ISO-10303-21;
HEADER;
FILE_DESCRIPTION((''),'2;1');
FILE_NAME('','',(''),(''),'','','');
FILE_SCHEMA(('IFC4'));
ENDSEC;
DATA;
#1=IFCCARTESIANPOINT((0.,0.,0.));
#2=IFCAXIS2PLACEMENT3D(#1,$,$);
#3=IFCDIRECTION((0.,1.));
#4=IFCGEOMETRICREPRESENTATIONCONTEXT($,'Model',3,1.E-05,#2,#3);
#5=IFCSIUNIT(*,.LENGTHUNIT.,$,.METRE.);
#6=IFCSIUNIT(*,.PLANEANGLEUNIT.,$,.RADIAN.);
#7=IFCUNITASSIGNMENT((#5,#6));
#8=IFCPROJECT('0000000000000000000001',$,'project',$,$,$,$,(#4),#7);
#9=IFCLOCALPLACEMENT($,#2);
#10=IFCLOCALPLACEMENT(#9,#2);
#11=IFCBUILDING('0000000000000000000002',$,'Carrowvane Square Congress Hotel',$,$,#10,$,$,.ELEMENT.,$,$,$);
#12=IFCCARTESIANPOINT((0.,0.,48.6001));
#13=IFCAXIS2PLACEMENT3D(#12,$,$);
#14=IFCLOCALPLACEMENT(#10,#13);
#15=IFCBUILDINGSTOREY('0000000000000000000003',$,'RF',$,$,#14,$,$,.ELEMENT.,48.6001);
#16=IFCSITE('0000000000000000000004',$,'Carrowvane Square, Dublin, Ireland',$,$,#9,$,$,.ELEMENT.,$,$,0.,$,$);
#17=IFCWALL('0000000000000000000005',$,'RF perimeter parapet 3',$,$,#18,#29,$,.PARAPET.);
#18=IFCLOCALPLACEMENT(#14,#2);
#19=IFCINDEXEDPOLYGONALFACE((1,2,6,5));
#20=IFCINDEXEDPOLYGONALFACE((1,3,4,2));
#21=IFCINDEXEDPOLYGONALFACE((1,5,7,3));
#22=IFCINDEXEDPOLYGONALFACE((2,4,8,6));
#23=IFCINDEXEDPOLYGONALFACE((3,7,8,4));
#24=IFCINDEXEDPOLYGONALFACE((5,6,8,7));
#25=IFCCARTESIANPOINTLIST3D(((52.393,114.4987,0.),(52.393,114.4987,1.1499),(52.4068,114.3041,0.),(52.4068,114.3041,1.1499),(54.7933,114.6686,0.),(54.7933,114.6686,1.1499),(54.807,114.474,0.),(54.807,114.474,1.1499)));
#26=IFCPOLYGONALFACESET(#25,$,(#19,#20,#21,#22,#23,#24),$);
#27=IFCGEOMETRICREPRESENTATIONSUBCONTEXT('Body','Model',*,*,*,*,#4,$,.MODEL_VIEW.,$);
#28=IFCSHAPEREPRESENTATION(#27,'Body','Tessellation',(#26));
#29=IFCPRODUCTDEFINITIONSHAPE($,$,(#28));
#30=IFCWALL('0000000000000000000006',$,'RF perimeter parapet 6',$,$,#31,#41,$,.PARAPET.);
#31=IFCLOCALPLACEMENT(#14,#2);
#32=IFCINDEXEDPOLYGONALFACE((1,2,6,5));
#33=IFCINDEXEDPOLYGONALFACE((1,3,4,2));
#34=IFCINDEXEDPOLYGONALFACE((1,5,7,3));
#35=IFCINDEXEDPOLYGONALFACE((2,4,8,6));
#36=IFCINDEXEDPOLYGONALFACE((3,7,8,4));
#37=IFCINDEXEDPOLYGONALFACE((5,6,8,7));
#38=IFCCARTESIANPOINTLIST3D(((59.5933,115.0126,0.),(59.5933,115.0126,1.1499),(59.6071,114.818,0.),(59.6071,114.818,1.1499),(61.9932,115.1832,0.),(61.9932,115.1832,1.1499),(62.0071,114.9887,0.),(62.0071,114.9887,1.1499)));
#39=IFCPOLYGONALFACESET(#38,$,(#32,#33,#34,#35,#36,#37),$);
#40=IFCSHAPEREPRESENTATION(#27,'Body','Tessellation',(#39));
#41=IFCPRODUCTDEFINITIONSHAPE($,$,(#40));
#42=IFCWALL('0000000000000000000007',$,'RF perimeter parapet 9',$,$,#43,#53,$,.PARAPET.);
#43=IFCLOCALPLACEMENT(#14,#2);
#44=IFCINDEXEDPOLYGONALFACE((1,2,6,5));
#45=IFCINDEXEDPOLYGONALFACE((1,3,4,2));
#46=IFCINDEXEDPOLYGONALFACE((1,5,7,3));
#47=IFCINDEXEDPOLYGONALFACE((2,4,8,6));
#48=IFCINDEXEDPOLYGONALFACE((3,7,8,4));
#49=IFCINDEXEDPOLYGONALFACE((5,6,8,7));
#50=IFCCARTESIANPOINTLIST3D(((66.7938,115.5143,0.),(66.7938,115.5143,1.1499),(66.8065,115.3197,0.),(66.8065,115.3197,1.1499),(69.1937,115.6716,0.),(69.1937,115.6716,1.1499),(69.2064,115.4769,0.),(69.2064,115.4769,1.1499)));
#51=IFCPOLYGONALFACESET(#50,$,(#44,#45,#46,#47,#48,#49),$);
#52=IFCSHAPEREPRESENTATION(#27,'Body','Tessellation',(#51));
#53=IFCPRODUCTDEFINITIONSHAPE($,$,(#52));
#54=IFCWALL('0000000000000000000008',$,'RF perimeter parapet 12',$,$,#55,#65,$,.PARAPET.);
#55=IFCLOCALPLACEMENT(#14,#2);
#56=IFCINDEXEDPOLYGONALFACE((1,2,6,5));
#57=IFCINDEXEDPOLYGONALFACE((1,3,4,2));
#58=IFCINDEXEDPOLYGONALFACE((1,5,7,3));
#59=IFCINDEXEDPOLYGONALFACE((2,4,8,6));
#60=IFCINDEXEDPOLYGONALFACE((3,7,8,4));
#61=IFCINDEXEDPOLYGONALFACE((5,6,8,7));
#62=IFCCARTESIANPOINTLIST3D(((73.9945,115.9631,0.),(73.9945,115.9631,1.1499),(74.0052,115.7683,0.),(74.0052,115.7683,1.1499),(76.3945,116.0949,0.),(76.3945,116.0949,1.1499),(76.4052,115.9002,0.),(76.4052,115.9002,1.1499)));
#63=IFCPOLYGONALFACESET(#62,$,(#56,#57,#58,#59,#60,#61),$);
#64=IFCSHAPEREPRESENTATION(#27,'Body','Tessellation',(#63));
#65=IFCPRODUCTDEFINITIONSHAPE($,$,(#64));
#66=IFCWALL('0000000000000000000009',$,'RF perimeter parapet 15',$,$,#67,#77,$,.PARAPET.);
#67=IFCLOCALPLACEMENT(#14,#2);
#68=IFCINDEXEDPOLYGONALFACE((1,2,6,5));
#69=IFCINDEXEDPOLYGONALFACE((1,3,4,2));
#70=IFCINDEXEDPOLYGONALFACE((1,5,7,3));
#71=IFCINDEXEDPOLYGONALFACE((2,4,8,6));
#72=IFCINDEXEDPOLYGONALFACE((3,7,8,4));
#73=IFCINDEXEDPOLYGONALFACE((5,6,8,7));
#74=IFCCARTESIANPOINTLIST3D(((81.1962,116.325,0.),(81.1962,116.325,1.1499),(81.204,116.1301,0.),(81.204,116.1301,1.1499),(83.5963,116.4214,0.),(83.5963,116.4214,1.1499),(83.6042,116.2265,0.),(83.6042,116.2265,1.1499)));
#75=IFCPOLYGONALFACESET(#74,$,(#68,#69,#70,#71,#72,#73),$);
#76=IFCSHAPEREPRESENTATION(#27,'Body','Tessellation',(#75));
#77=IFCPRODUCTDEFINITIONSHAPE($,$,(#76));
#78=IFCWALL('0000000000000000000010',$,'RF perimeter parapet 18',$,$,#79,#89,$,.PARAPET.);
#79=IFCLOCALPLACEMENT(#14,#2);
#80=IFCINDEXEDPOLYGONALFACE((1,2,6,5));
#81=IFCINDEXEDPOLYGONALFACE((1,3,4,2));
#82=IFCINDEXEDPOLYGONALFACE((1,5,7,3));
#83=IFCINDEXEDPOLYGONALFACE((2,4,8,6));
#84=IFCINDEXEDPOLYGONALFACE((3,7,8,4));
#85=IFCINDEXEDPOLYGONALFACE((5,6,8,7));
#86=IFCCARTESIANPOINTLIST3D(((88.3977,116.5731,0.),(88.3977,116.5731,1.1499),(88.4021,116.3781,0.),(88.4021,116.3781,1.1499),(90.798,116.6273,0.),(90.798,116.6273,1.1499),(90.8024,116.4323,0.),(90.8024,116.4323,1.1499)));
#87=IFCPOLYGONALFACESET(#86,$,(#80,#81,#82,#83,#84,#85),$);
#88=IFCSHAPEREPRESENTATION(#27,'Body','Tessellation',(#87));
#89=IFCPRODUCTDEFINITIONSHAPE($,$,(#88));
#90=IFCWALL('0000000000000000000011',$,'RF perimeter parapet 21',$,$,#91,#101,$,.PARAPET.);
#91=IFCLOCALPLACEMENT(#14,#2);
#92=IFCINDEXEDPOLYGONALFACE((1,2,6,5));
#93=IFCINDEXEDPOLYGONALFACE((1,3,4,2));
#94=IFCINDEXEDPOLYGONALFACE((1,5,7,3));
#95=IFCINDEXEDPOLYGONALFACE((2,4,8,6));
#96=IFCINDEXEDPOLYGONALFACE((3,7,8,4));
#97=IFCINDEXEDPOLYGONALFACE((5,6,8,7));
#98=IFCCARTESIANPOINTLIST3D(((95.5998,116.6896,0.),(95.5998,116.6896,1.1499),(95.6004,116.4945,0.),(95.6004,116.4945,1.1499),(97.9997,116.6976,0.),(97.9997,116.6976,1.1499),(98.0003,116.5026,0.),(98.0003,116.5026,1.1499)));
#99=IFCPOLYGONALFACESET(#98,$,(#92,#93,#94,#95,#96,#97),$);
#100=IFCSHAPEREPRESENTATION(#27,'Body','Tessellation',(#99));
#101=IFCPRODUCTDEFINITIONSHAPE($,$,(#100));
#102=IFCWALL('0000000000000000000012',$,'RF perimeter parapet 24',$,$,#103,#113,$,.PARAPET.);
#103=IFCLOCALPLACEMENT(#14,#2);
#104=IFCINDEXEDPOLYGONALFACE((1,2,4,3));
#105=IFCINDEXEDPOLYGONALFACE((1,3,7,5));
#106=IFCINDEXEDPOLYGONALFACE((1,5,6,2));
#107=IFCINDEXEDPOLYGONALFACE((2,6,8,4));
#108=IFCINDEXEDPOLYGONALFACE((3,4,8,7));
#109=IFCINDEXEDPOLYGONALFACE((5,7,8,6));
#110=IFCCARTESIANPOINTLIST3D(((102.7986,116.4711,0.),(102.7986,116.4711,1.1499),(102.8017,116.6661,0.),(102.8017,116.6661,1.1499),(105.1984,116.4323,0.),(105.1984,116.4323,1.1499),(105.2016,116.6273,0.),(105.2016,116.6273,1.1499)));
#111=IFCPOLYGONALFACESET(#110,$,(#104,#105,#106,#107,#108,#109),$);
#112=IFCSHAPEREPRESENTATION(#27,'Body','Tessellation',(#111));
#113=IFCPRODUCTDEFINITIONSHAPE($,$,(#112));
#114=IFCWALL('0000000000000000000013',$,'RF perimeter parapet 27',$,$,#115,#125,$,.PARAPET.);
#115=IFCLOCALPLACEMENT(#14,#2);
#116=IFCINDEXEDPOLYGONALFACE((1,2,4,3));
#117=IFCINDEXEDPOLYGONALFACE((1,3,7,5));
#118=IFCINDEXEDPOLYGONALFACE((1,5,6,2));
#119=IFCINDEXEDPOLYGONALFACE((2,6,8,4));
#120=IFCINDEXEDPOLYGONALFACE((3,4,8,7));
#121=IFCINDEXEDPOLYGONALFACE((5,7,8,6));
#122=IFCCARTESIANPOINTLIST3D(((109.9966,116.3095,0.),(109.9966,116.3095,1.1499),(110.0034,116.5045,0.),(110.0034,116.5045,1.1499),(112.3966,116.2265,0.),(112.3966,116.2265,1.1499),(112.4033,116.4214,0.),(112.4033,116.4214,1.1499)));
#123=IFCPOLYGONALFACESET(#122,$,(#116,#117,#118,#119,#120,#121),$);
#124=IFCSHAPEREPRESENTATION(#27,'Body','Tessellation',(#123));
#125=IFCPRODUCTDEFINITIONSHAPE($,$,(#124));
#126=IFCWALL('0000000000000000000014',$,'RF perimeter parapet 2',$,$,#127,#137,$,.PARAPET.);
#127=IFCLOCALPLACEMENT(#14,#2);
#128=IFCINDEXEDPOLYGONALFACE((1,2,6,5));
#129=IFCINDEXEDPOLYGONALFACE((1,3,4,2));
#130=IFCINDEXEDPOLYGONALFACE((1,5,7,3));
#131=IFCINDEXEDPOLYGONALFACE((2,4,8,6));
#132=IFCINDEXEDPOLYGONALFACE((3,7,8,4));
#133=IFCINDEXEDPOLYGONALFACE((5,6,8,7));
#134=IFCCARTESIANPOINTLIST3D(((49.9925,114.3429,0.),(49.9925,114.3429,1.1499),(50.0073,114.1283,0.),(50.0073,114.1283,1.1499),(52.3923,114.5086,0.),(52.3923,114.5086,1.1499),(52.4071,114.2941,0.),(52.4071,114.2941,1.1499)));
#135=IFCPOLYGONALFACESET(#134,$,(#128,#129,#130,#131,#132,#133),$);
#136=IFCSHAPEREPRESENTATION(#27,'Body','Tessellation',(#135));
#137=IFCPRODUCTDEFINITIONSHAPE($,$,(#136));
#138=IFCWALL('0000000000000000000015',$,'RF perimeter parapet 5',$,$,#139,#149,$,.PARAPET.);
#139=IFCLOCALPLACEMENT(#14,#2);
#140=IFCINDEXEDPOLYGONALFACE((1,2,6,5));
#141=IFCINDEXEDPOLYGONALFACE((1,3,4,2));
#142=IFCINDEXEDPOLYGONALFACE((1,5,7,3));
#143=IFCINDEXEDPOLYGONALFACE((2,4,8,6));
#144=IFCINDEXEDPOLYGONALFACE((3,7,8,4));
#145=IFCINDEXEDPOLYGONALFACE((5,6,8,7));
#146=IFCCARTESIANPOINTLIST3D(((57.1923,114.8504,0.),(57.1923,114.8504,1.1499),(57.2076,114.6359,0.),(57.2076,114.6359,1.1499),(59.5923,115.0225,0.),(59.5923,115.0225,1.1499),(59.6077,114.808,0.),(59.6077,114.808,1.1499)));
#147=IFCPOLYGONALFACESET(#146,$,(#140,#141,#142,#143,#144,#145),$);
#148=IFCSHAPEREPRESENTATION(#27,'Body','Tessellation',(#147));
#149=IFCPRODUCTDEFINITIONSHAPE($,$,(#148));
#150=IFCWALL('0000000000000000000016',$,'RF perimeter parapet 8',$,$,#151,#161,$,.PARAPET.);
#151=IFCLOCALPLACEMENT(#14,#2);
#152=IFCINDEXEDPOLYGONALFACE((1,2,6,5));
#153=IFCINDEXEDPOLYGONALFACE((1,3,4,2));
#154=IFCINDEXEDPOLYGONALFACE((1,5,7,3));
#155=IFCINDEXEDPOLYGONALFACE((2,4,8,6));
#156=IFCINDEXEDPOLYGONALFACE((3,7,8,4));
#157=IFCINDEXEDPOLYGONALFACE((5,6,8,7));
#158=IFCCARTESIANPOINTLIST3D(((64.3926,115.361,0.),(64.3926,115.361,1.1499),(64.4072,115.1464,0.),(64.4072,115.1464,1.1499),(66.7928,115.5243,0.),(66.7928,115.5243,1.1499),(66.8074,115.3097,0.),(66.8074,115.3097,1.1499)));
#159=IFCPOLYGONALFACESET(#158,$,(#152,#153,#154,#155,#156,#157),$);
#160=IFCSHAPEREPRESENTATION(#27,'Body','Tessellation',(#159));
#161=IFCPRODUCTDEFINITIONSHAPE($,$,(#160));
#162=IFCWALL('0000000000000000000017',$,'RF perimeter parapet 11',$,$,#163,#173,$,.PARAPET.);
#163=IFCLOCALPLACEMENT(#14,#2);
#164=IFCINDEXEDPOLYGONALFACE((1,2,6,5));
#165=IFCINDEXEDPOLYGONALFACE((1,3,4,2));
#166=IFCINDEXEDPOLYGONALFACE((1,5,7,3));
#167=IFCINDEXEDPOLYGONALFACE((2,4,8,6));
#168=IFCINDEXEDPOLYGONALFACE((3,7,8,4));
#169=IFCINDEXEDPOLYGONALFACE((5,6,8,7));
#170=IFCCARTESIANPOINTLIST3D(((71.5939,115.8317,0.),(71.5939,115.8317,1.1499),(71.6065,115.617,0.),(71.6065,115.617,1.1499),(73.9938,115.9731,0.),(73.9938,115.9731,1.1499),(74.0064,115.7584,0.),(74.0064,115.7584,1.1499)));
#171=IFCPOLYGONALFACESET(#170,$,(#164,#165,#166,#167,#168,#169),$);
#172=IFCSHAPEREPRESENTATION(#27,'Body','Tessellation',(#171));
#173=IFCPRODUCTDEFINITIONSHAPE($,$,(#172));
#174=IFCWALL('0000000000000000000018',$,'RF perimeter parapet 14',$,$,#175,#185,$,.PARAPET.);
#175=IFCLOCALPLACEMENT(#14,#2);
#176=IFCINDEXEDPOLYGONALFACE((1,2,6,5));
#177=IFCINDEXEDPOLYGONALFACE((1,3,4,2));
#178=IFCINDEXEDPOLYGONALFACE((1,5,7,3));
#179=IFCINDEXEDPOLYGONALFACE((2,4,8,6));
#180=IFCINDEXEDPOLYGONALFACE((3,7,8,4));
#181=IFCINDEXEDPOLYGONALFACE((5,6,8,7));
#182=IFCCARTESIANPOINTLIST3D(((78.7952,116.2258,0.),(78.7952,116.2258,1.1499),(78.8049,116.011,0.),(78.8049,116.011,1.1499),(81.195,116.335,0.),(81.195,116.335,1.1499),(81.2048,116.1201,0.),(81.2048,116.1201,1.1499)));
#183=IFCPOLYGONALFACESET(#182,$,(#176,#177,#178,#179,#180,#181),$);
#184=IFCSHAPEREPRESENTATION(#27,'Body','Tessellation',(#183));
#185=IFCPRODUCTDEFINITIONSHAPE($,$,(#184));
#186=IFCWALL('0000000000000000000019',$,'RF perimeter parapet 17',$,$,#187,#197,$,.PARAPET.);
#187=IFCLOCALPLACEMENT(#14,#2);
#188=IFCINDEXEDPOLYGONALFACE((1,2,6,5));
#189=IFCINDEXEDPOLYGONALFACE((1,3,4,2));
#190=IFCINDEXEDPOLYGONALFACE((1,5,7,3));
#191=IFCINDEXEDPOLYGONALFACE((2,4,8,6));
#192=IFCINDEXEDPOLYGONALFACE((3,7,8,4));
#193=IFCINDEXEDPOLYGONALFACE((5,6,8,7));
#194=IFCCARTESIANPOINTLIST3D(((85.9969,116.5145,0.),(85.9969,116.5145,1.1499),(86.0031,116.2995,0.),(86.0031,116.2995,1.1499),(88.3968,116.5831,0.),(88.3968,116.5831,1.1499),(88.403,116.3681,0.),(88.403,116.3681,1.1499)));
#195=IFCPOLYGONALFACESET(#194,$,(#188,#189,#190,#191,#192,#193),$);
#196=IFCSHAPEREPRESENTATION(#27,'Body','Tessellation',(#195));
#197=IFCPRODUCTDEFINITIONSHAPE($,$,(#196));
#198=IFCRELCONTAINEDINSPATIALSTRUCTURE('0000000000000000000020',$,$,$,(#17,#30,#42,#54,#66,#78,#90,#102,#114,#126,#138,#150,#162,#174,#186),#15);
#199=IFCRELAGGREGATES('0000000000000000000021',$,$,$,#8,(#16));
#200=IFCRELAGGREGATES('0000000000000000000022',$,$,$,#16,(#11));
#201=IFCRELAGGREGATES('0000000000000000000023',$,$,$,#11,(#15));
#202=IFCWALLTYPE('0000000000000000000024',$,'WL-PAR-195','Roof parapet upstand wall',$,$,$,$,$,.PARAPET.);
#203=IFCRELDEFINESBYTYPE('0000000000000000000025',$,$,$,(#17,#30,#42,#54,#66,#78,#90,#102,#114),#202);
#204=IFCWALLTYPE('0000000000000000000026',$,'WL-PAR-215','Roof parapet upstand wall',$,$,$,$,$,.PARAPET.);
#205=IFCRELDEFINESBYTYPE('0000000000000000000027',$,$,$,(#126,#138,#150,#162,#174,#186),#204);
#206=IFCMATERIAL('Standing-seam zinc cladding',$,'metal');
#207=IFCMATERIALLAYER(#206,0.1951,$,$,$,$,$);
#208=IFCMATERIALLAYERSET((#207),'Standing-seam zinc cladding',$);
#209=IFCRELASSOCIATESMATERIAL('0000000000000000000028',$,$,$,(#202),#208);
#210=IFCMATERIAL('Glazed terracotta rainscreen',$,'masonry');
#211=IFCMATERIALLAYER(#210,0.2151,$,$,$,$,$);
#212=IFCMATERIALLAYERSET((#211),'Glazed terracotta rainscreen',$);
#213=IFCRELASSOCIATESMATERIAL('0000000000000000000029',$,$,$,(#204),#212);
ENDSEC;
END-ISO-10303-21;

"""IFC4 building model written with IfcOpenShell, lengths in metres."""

from ifc_helpers import new_model, si_unit, direction, frame, frame_2d, origin, place, context, subcontext, project, spatial, rectangle, extrude, material, layer, layer_set, type_object, element, save


model = new_model("IFC4")

# Units and contexts
model_context = context("Model", 3, precision=1e-05, world=origin(), true_north=direction((0.0, 1.0)))
body_context = subcontext(model_context, "Body", "Model", "MODEL_VIEW")
ifc_project = project(units=[si_unit("LENGTHUNIT", "METRE"), si_unit("PLANEANGLEUNIT", "RADIAN")], contexts=[model_context])

# Site, building, storey
site_placement = place(None, origin())
site = spatial("IfcSite", under=ifc_project, at=site_placement, Name="Carrowvane Square, Dublin, Ireland", CompositionType="ELEMENT", RefElevation=0.0)
building_placement = place(site_placement, origin())
building = spatial("IfcBuilding", under=site, at=building_placement, Name="Carrowvane Square Congress Hotel", CompositionType="ELEMENT")
storey_placement = place(building_placement, frame((0.0, 0.0, 48.6001)))
storey = spatial("IfcBuildingStorey", under=building, at=storey_placement, Name="RF", CompositionType="ELEMENT", Elevation=48.6001)

# Walls
ifc_material_1 = material(Name="Standing-seam zinc cladding", Category="metal")
ifc_layer_1 = layer(ifc_material_1, 0.1951)
ifc_layer_set_1 = layer_set([ifc_layer_1], Name="Standing-seam zinc cladding")
wall_type_1 = type_object("IfcWallType", Name="WL-PAR-195", Description="Roof parapet upstand wall", PredefinedType="PARAPET", material=ifc_layer_set_1)
wall_1_placement = place(storey_placement, frame((52.3999, 114.4014, 0.0), z_axis=(0.0, 0.0, 1.0), x_axis=(0.997503, 0.07062, 0.0)))
element("IfcWall", 1, at=wall_1_placement, inside=storey, type_object=wall_type_1, Name="RF perimeter parapet 3", PredefinedType="PARAPET", context=body_context, shape_type="SweptSolid", body=[
    extrude(rectangle(XDim=2.4062, YDim=0.1951, at=frame_2d((1.2031, 0.0))), origin(), (0.0, 0.0, 1.0), 1.1499),
])
wall_2_placement = place(storey_placement, frame((59.6001, 114.9153, 0.0), z_axis=(0.0, 0.0, 1.0), x_axis=(0.997481, 0.07093, 0.0)))
element("IfcWall", 2, at=wall_2_placement, inside=storey, type_object=wall_type_1, Name="RF perimeter parapet 6", PredefinedType="PARAPET", context=body_context, shape_type="SweptSolid", body=[
    extrude(rectangle(XDim=2.406, YDim=0.1951, at=frame_2d((1.2031, 0.0))), origin(), (0.0, 0.0, 1.0), 1.1499),
])
wall_3_placement = place(storey_placement, frame((66.8, 115.417, 0.0), z_axis=(0.0, 0.0, 1.0), x_axis=(0.997861, 0.065374, 0.0)))
element("IfcWall", 3, at=wall_3_placement, inside=storey, type_object=wall_type_1, Name="RF perimeter parapet 9", PredefinedType="PARAPET", context=body_context, shape_type="SweptSolid", body=[
    extrude(rectangle(XDim=2.405, YDim=0.1951, at=frame_2d((1.2026, 0.0))), origin(), (0.0, 0.0, 1.0), 1.1499),
])
wall_4_placement = place(storey_placement, frame((74.0, 115.8657, 0.0), z_axis=(0.0, 0.0, 1.0), x_axis=(0.998495, 0.054851, 0.0)))
element("IfcWall", 4, at=wall_4_placement, inside=storey, type_object=wall_type_1, Name="RF perimeter parapet 12", PredefinedType="PARAPET", context=body_context, shape_type="SweptSolid", body=[
    extrude(rectangle(XDim=2.4036, YDim=0.1951, at=frame_2d((1.2017, 0.0))), origin(), (0.0, 0.0, 1.0), 1.1499),
])
wall_5_placement = place(storey_placement, frame((81.2, 116.2275, 0.0), z_axis=(0.0, 0.0, 1.0), x_axis=(0.999194, 0.040147, 0.0)))
element("IfcWall", 5, at=wall_5_placement, inside=storey, type_object=wall_type_1, Name="RF perimeter parapet 15", PredefinedType="PARAPET", context=body_context, shape_type="SweptSolid", body=[
    extrude(rectangle(XDim=2.4021, YDim=0.1951, at=frame_2d((1.2012, 0.0))), origin(), (0.0, 0.0, 1.0), 1.1499),
])
wall_6_placement = place(storey_placement, frame((88.3999, 116.4756, 0.0), z_axis=(0.0, 0.0, 1.0), x_axis=(0.999745, 0.022576, 0.0)))
element("IfcWall", 6, at=wall_6_placement, inside=storey, type_object=wall_type_1, Name="RF perimeter parapet 18", PredefinedType="PARAPET", context=body_context, shape_type="SweptSolid", body=[
    extrude(rectangle(XDim=2.4009, YDim=0.1951, at=frame_2d((1.2004, 0.0))), origin(), (0.0, 0.0, 1.0), 1.1499),
])
wall_7_placement = place(storey_placement, frame((95.6001, 116.592, 0.0), z_axis=(0.0, 0.0, 1.0), x_axis=(0.999994, 0.003357, 0.0)))
element("IfcWall", 7, at=wall_7_placement, inside=storey, type_object=wall_type_1, Name="RF perimeter parapet 21", PredefinedType="PARAPET", context=body_context, shape_type="SweptSolid", body=[
    extrude(rectangle(XDim=2.3999, YDim=0.1951, at=frame_2d((1.2, 0.0))), origin(), (0.0, 0.0, 1.0), 1.1499),
])
wall_8_placement = place(storey_placement, frame((102.8, 116.5686, 0.0), z_axis=(0.0, 0.0, 1.0), x_axis=(0.999869, -0.016173, 0.0)))
element("IfcWall", 8, at=wall_8_placement, inside=storey, type_object=wall_type_1, Name="RF perimeter parapet 24", PredefinedType="PARAPET", context=body_context, shape_type="SweptSolid", body=[
    extrude(rectangle(XDim=2.4001, YDim=0.1951, at=frame_2d((1.2002, 0.0))), origin(), (0.0, 0.0, 1.0), 1.1499),
])
wall_9_placement = place(storey_placement, frame((110.0, 116.407, 0.0), z_axis=(0.0, 0.0, 1.0), x_axis=(0.999402, -0.034567, 0.0)))
element("IfcWall", 9, at=wall_9_placement, inside=storey, type_object=wall_type_1, Name="RF perimeter parapet 27", PredefinedType="PARAPET", context=body_context, shape_type="SweptSolid", body=[
    extrude(rectangle(XDim=2.4014, YDim=0.1951, at=frame_2d((1.2007, 0.0))), origin(), (0.0, 0.0, 1.0), 1.1499),
])
ifc_material_2 = material(Name="Glazed terracotta rainscreen", Category="masonry")
ifc_layer_2 = layer(ifc_material_2, 0.2151)
ifc_layer_set_2 = layer_set([ifc_layer_2], Name="Glazed terracotta rainscreen")
wall_type_2 = type_object("IfcWallType", Name="WL-PAR-215", Description="Roof parapet upstand wall", PredefinedType="PARAPET", material=ifc_layer_set_2)
wall_10_placement = place(storey_placement, frame((50.0, 114.2356, 0.0), z_axis=(0.0, 0.0, 1.0), x_axis=(0.997623, 0.06891, 0.0)))
element("IfcWall", 10, at=wall_10_placement, inside=storey, type_object=wall_type_2, Name="RF perimeter parapet 2", PredefinedType="PARAPET", context=body_context, shape_type="SweptSolid", body=[
    extrude(rectangle(XDim=2.4055, YDim=0.2151, at=frame_2d((1.2026, 0.0))), origin(), (0.0, 0.0, 1.0), 1.1499),
])
wall_11_placement = place(storey_placement, frame((57.2, 114.7432, 0.0), z_axis=(0.0, 0.0, 1.0), x_axis=(0.997439, 0.071528, 0.0)))
element("IfcWall", 11, at=wall_11_placement, inside=storey, type_object=wall_type_2, Name="RF perimeter parapet 5", PredefinedType="PARAPET", context=body_context, shape_type="SweptSolid", body=[
    extrude(rectangle(XDim=2.4062, YDim=0.2151, at=frame_2d((1.2031, 0.0))), origin(), (0.0, 0.0, 1.0), 1.1499),
])
wall_12_placement = place(storey_placement, frame((64.3999, 115.2537, 0.0), z_axis=(0.0, 0.0, 1.0), x_axis=(0.997693, 0.067893, 0.0)))
element("IfcWall", 12, at=wall_12_placement, inside=storey, type_object=wall_type_2, Name="RF perimeter parapet 8", PredefinedType="PARAPET", context=body_context, shape_type="SweptSolid", body=[
    extrude(rectangle(XDim=2.4058, YDim=0.2151, at=frame_2d((1.2029, 0.0))), origin(), (0.0, 0.0, 1.0), 1.1499),
])
wall_13_placement = place(storey_placement, frame((71.6001, 115.7244, 0.0), z_axis=(0.0, 0.0, 1.0), x_axis=(0.99827, 0.058799, 0.0)))
element("IfcWall", 13, at=wall_13_placement, inside=storey, type_object=wall_type_2, Name="RF perimeter parapet 11", PredefinedType="PARAPET", context=body_context, shape_type="SweptSolid", body=[
    extrude(rectangle(XDim=2.4041, YDim=0.2151, at=frame_2d((1.2021, 0.0))), origin(), (0.0, 0.0, 1.0), 1.1499),
])
wall_14_placement = place(storey_placement, frame((78.8, 116.1184, 0.0), z_axis=(0.0, 0.0, 1.0), x_axis=(0.998968, 0.045426, 0.0)))
element("IfcWall", 14, at=wall_14_placement, inside=storey, type_object=wall_type_2, Name="RF perimeter parapet 14", PredefinedType="PARAPET", context=body_context, shape_type="SweptSolid", body=[
    extrude(rectangle(XDim=2.4023, YDim=0.2151, at=frame_2d((1.2012, 0.0))), origin(), (0.0, 0.0, 1.0), 1.1499),
])
wall_15_placement = place(storey_placement, frame((86.0, 116.407, 0.0), z_axis=(0.0, 0.0, 1.0), x_axis=(0.999592, 0.028574, 0.0)))
element("IfcWall", 15, at=wall_15_placement, inside=storey, type_object=wall_type_2, Name="RF perimeter parapet 17", PredefinedType="PARAPET", context=body_context, shape_type="SweptSolid", body=[
    extrude(rectangle(XDim=2.4009, YDim=0.2151, at=frame_2d((1.2004, 0.0))), origin(), (0.0, 0.0, 1.0), 1.1499),
])

save(model, "model.ifc")
